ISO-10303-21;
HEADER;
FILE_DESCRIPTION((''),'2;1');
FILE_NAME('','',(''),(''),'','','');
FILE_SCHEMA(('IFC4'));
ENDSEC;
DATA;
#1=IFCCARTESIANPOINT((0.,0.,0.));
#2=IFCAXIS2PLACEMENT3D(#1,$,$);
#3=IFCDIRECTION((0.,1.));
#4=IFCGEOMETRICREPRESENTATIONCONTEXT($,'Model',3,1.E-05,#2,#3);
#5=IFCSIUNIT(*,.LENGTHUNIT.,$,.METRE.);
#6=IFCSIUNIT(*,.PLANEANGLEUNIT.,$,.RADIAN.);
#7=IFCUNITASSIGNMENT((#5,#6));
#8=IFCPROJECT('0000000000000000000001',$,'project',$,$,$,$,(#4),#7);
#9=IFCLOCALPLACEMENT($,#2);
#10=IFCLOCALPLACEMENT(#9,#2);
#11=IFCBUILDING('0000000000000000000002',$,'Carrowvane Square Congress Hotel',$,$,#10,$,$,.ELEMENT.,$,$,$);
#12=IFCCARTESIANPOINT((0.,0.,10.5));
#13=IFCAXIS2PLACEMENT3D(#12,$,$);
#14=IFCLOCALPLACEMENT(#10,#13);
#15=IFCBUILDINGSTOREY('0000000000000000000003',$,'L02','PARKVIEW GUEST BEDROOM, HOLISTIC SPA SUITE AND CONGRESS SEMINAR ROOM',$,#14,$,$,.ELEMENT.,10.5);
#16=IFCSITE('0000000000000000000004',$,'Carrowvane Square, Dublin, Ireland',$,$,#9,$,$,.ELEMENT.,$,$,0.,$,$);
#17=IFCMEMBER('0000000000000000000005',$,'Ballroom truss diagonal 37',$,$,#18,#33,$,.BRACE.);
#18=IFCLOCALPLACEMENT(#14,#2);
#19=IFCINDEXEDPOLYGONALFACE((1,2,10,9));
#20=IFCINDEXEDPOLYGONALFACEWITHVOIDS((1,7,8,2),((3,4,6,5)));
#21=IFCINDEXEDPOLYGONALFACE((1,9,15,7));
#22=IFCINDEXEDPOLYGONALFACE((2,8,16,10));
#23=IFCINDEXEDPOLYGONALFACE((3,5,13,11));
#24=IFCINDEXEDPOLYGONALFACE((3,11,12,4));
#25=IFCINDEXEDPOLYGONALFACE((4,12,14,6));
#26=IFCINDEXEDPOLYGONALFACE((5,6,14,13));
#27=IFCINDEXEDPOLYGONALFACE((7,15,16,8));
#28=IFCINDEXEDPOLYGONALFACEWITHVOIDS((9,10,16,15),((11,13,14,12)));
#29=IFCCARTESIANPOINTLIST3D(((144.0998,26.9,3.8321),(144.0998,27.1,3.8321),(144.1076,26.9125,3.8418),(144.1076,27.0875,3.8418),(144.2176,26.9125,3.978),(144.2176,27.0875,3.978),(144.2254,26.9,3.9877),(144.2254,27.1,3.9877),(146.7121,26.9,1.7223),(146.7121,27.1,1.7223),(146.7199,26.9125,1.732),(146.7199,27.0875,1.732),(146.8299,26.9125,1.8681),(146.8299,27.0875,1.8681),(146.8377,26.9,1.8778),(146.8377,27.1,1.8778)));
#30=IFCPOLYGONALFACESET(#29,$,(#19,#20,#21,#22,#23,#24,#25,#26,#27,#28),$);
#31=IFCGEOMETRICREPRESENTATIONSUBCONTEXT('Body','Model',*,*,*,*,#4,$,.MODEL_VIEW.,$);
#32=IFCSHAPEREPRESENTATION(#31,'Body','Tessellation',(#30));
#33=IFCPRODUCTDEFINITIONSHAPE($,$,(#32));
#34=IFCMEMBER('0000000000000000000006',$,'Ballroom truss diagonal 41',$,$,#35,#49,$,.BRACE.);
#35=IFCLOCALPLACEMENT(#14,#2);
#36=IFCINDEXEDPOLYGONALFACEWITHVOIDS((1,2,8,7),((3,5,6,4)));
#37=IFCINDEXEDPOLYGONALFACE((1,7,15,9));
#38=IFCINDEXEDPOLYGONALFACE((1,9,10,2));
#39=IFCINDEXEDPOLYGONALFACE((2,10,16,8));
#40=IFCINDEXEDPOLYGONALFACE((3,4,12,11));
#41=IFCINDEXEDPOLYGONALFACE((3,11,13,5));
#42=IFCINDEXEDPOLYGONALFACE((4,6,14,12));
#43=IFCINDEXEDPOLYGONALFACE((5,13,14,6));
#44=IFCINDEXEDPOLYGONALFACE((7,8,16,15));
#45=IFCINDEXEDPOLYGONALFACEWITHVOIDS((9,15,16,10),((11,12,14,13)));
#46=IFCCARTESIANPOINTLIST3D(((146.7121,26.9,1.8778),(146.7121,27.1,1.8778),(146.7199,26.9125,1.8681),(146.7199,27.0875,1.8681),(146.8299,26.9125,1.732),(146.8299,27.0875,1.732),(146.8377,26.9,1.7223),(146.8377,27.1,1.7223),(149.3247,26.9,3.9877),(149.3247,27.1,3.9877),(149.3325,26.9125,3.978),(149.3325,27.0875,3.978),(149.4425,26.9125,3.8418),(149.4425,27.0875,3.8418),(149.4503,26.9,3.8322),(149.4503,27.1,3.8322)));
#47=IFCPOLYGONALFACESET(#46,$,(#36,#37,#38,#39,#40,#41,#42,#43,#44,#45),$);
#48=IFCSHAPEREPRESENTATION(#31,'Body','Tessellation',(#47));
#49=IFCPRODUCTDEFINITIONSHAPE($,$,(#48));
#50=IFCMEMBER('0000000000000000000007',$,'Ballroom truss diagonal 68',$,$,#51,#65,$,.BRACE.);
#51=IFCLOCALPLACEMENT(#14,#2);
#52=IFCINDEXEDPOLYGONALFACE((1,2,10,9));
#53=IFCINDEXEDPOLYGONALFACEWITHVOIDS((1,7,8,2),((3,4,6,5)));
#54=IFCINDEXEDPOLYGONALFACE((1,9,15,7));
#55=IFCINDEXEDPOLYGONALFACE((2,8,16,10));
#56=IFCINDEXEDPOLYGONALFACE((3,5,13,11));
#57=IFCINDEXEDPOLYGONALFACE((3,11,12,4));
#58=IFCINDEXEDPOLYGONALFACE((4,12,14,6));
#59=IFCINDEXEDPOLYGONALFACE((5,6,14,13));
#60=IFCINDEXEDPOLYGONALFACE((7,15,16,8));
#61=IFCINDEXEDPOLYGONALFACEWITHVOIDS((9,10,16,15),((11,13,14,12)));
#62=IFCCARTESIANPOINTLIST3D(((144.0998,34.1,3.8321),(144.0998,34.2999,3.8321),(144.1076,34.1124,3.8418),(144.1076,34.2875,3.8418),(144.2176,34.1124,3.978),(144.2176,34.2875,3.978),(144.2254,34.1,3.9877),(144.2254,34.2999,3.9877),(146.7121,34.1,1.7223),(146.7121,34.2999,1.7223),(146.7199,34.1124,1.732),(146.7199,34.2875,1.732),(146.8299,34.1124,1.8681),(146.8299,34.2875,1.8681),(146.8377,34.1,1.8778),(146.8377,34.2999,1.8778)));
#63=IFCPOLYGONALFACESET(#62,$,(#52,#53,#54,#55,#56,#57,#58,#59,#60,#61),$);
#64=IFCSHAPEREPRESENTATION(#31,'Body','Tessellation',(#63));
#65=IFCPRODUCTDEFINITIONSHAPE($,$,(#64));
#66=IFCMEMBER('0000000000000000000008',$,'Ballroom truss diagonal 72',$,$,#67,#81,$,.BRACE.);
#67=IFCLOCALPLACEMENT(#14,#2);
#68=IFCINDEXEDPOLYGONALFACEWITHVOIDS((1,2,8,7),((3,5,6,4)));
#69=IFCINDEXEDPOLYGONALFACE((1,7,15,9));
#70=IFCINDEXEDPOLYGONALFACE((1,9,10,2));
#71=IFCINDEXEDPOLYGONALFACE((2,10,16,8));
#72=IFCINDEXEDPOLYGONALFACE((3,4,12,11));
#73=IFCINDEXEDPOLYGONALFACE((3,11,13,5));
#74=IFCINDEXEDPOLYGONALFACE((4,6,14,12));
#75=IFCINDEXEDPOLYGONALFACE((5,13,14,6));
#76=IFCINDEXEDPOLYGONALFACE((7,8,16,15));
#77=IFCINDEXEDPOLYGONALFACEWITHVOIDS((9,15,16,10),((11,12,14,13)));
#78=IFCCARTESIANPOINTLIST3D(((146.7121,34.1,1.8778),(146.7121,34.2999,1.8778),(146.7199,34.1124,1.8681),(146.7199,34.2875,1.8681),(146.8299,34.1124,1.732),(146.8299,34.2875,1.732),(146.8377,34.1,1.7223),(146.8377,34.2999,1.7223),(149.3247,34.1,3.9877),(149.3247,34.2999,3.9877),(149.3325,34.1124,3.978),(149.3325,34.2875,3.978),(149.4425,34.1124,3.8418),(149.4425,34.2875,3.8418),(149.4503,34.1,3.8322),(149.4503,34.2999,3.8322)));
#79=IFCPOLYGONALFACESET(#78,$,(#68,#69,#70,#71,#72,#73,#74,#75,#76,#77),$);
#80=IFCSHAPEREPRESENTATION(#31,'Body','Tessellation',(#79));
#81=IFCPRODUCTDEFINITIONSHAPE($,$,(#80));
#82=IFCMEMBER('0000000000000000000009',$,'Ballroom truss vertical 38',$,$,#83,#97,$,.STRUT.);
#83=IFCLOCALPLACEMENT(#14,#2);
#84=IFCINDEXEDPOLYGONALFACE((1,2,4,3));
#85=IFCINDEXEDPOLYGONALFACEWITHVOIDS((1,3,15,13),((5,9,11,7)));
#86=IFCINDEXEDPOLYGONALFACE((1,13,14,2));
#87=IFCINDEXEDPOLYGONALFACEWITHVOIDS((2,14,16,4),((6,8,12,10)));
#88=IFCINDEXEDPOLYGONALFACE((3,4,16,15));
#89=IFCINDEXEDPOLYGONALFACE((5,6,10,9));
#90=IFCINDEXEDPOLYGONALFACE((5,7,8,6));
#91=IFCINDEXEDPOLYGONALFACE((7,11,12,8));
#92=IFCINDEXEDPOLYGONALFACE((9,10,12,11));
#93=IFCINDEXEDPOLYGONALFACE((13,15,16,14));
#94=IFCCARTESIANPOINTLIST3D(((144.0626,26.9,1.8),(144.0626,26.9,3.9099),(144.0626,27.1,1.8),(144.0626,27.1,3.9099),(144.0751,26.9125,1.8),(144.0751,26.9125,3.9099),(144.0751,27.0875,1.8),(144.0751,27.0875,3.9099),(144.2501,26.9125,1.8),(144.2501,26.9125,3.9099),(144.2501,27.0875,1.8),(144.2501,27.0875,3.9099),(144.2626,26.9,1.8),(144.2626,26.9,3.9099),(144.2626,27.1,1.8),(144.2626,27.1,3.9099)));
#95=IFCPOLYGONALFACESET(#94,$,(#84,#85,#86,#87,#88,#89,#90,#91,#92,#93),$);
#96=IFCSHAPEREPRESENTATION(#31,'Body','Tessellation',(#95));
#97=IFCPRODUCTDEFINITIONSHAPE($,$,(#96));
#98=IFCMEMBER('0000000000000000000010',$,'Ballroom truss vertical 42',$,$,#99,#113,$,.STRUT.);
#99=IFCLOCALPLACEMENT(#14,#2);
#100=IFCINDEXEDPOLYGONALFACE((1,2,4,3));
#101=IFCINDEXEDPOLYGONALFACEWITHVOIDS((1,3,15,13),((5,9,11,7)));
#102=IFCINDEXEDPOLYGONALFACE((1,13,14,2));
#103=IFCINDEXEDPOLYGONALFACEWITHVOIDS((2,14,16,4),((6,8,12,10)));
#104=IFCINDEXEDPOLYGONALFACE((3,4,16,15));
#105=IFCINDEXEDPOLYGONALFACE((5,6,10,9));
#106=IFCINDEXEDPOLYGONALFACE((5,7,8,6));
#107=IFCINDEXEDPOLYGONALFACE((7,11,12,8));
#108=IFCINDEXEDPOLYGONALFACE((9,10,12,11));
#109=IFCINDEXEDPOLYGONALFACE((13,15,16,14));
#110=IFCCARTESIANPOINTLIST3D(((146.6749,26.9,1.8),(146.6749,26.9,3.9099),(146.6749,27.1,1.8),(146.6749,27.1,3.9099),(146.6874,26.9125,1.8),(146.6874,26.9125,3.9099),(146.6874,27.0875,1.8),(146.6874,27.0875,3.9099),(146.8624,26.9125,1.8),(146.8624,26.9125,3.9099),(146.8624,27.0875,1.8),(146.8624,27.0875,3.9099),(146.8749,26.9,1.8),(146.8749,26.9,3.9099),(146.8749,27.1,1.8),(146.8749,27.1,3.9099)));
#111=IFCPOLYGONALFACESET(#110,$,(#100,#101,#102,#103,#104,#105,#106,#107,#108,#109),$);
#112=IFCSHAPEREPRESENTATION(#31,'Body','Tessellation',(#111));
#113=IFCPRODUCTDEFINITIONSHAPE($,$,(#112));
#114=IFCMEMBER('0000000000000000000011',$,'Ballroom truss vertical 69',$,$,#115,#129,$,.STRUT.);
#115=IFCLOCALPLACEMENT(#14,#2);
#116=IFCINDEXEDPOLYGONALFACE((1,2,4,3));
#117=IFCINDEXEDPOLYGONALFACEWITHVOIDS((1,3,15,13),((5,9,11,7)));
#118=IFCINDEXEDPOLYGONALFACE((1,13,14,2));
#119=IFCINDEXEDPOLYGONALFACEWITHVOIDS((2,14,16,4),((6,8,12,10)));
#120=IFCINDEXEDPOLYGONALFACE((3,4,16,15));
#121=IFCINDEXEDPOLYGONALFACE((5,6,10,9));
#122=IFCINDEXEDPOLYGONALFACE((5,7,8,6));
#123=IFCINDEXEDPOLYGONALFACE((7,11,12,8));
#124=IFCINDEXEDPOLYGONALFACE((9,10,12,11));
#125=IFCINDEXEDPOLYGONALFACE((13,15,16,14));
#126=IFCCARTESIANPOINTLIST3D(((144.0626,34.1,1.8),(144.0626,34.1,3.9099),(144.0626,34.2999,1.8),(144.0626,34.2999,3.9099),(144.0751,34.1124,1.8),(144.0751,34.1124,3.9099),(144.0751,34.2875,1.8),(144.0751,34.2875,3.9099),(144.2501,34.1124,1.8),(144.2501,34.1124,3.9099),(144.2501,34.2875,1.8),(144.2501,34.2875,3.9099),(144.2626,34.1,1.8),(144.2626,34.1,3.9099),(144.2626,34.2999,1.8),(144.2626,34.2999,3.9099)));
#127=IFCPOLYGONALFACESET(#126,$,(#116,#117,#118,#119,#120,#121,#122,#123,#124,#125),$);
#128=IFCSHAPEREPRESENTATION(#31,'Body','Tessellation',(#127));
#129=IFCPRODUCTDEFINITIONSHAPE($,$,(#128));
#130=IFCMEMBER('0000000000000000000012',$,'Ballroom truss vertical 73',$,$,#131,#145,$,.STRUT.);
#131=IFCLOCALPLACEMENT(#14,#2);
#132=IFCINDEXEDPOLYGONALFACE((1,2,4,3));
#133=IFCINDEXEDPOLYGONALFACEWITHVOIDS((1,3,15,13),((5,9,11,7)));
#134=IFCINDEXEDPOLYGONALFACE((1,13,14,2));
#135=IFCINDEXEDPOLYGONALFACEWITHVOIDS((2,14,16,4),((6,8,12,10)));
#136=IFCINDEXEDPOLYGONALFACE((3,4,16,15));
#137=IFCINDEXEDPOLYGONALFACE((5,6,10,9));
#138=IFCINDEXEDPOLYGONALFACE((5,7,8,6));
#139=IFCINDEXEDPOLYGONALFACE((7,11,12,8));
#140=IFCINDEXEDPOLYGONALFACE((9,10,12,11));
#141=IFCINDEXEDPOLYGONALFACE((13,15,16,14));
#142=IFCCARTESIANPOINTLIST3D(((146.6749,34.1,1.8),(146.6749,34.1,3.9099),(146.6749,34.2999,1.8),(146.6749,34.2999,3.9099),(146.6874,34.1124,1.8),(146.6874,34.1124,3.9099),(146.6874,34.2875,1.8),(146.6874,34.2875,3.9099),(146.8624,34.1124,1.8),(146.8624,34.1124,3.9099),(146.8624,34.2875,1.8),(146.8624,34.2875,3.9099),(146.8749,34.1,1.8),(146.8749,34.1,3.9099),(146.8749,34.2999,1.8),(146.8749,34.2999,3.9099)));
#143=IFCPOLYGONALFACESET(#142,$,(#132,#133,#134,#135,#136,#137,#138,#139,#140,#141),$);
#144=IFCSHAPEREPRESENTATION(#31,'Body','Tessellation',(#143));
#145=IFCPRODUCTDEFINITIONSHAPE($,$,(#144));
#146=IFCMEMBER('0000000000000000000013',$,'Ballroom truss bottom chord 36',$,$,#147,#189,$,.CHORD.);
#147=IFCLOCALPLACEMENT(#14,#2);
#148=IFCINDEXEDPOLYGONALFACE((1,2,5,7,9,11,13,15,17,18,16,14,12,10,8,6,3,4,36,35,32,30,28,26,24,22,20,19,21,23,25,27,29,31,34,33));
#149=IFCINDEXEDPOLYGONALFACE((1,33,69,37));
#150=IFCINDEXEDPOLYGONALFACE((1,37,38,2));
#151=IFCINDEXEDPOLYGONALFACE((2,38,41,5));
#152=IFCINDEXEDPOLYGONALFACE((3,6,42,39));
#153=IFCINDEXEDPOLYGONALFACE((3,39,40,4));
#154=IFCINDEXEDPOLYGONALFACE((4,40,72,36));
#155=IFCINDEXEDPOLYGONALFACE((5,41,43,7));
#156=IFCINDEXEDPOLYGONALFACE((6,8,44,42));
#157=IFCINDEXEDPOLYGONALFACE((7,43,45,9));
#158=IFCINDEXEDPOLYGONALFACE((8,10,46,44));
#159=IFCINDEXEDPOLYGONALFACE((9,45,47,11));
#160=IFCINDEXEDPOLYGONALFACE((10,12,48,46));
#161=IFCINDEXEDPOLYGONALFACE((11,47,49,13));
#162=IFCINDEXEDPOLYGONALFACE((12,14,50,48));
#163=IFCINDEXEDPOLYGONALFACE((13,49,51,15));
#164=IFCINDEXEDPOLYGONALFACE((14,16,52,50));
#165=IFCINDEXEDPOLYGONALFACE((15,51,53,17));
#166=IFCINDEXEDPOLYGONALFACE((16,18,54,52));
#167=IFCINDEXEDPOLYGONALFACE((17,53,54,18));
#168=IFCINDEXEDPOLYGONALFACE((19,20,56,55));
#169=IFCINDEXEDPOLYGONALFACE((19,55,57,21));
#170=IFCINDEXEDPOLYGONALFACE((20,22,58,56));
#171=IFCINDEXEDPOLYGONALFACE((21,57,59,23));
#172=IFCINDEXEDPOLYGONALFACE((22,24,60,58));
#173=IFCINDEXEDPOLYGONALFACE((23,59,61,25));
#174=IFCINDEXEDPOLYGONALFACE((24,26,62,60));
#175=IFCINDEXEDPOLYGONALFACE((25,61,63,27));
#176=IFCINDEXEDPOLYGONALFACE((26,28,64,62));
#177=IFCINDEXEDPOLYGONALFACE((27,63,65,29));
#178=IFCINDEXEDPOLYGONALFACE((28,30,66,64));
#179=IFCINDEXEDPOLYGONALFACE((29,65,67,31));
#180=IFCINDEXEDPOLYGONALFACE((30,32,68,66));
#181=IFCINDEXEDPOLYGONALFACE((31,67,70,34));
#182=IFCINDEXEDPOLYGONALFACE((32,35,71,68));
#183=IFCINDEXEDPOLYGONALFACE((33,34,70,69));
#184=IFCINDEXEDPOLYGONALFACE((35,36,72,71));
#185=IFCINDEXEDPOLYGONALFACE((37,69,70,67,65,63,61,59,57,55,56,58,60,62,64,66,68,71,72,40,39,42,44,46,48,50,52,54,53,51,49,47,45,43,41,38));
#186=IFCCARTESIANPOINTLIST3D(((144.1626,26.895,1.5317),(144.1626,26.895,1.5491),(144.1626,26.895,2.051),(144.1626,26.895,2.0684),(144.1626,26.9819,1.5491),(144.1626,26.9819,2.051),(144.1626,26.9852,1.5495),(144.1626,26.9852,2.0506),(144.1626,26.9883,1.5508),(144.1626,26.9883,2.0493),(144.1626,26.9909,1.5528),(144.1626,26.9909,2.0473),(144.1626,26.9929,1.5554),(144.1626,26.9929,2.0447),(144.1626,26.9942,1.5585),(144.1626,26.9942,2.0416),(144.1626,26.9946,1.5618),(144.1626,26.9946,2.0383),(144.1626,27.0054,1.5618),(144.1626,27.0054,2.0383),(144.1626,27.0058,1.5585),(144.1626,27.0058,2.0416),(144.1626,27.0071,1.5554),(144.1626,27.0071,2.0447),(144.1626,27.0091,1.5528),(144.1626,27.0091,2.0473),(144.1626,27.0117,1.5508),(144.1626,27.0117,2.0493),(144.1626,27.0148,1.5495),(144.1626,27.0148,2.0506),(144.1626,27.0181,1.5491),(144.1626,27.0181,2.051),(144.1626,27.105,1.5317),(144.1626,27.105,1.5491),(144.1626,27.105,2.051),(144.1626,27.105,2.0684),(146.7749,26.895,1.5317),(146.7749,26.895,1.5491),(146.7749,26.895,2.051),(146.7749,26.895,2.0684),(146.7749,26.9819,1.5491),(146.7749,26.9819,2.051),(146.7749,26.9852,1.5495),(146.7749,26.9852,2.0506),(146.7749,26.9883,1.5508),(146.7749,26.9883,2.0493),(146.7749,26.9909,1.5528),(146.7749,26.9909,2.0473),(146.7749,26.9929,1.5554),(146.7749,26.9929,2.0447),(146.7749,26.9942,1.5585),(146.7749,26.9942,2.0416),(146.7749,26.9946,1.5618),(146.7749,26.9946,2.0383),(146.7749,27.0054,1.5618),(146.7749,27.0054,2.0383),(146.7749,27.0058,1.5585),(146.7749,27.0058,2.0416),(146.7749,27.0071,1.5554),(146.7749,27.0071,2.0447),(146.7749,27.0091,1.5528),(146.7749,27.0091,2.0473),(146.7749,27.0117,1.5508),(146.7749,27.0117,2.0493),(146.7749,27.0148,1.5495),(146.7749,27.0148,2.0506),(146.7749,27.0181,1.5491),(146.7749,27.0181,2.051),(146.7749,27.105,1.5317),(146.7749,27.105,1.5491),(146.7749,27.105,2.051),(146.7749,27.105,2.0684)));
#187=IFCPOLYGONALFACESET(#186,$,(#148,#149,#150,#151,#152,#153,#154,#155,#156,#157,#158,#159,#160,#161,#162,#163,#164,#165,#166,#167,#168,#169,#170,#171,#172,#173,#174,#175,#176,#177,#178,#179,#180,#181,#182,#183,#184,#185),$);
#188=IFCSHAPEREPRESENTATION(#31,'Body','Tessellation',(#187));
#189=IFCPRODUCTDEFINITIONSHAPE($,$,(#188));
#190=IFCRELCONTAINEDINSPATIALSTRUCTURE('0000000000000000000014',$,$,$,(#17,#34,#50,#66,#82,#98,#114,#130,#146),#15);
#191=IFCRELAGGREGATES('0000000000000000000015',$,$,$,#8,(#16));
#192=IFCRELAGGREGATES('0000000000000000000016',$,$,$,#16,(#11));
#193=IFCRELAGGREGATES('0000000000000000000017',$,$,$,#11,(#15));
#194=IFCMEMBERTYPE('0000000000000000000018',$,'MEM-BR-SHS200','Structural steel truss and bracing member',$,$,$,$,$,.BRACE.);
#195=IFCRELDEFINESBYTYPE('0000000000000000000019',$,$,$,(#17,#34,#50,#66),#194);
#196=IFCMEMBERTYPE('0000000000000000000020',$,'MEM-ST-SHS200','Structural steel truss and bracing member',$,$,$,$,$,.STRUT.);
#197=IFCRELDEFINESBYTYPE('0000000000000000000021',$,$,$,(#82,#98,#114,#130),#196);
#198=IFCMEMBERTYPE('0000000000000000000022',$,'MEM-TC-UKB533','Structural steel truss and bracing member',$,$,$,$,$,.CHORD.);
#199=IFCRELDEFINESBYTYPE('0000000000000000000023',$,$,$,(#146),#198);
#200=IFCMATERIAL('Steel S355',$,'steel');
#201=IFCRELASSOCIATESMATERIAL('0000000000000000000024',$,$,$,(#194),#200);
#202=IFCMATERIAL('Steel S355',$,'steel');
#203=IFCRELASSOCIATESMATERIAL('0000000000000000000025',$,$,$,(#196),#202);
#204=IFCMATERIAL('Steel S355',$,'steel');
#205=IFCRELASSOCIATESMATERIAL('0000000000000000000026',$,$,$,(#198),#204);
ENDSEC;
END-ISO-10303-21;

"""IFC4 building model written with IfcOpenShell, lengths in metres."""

from ifc_helpers import new_model, si_unit, direction, frame, origin, origin_2d, place, context, subcontext, project, spatial, hollow_rectangle, i_section, extrude, material, material_profile, profile_set, type_object, element, save


model = new_model("IFC4")

# Units and contexts
model_context = context("Model", 3, precision=1e-05, world=origin(), true_north=direction((0.0, 1.0)))
body_context = subcontext(model_context, "Body", "Model", "MODEL_VIEW")
ifc_project = project(units=[si_unit("LENGTHUNIT", "METRE"), si_unit("PLANEANGLEUNIT", "RADIAN")], contexts=[model_context])

# Site, building, storey
site_placement = place(None, origin())
site = spatial("IfcSite", under=ifc_project, at=site_placement, Name="Carrowvane Square, Dublin, Ireland", CompositionType="ELEMENT", RefElevation=0.0)
building_placement = place(site_placement, origin())
building = spatial("IfcBuilding", under=site, at=building_placement, Name="Carrowvane Square Congress Hotel", CompositionType="ELEMENT")
storey_placement = place(building_placement, frame((0.0, 0.0, 10.5)))
storey = spatial("IfcBuildingStorey", under=building, at=storey_placement, Name="L02", Description="PARKVIEW GUEST BEDROOM, HOLISTIC SPA SUITE AND CONGRESS SEMINAR ROOM", CompositionType="ELEMENT", Elevation=10.5)

# Members
ifc_material_1 = material(Name="Steel S355", Category="steel")
ifc_material_profile_1 = material_profile(ifc_material_1, hollow_rectangle(XDim=0.2, YDim=0.2, WallThickness=0.0125, at=origin_2d()), Name="SHS 200x200x12.5")
ifc_profile_set_1 = profile_set([ifc_material_profile_1], Name="Steel S355")
member_type_1 = type_object("IfcMemberType", Name="MEM-BR-SHS200", Description="Structural steel truss and bracing member", PredefinedType="BRACE", material=ifc_profile_set_1)
member_1_placement = place(storey_placement, frame((144.1626, 27.0, 3.9099), z_axis=(0.777952, 0.0, -0.628324), x_axis=(0.0, 1.0, 0.0)))
element("IfcMember", 1, at=member_1_placement, inside=storey, type_object=member_type_1, Name="Ballroom truss diagonal 37", PredefinedType="BRACE", context=body_context, shape_type="SweptSolid", body=[
    extrude(hollow_rectangle(XDim=0.2, YDim=0.2, WallThickness=0.0125, at=origin_2d()), origin(), (0.0, 0.0, 1.0), 3.3579),
])
member_2_placement = place(storey_placement, frame((146.7749, 27.0, 1.8), z_axis=(0.777981, 0.0, 0.628288), x_axis=(0.0, 1.0, 0.0)))
element("IfcMember", 2, at=member_2_placement, inside=storey, type_object=member_type_1, Name="Ballroom truss diagonal 41", PredefinedType="BRACE", context=body_context, shape_type="SweptSolid", body=[
    extrude(hollow_rectangle(XDim=0.2, YDim=0.2, WallThickness=0.0125, at=origin_2d()), origin(), (0.0, 0.0, 1.0), 3.3582),
])
member_3_placement = place(storey_placement, frame((144.1626, 34.2, 3.9099), z_axis=(0.777952, 0.0, -0.628324), x_axis=(0.0, 1.0, 0.0)))
element("IfcMember", 3, at=member_3_placement, inside=storey, type_object=member_type_1, Name="Ballroom truss diagonal 68", PredefinedType="BRACE", context=body_context, shape_type="SweptSolid", body=[
    extrude(hollow_rectangle(XDim=0.2, YDim=0.2, WallThickness=0.0125, at=origin_2d()), origin(), (0.0, 0.0, 1.0), 3.3579),
])
member_4_placement = place(storey_placement, frame((146.7749, 34.2, 1.8), z_axis=(0.777981, 0.0, 0.628288), x_axis=(0.0, 1.0, 0.0)))
element("IfcMember", 4, at=member_4_placement, inside=storey, type_object=member_type_1, Name="Ballroom truss diagonal 72", PredefinedType="BRACE", context=body_context, shape_type="SweptSolid", body=[
    extrude(hollow_rectangle(XDim=0.2, YDim=0.2, WallThickness=0.0125, at=origin_2d()), origin(), (0.0, 0.0, 1.0), 3.3582),
])
ifc_material_2 = material(Name="Steel S355", Category="steel")
ifc_material_profile_2 = material_profile(ifc_material_2, hollow_rectangle(XDim=0.2, YDim=0.2, WallThickness=0.0125, at=origin_2d()), Name="SHS 200x200x12.5")
ifc_profile_set_2 = profile_set([ifc_material_profile_2], Name="Steel S355")
member_type_2 = type_object("IfcMemberType", Name="MEM-ST-SHS200", Description="Structural steel truss and bracing member", PredefinedType="STRUT", material=ifc_profile_set_2)
for number, where, z_axis, x_axis, name in (
    (5, (144.1626, 27.0, 1.8), (0.0, 0.0, 1.0), (1.0, 0.0, 0.0), "Ballroom truss vertical 38"),
    (6, (146.7749, 27.0, 1.8), (0.0, 0.0, 1.0), (1.0, 0.0, 0.0), "Ballroom truss vertical 42"),
    (7, (144.1626, 34.2, 1.8), (0.0, 0.0, 1.0), (1.0, 0.0, 0.0), "Ballroom truss vertical 69"),
    (8, (146.7749, 34.2, 1.8), (0.0, 0.0, 1.0), (1.0, 0.0, 0.0), "Ballroom truss vertical 73"),
):
    element("IfcMember", number, at=place(storey_placement, frame(where, z_axis=z_axis, x_axis=x_axis)), inside=storey, type_object=member_type_2, Name=name, PredefinedType="STRUT", context=body_context, shape_type="SweptSolid", body=[
        extrude(hollow_rectangle(XDim=0.2, YDim=0.2, WallThickness=0.0125, at=origin_2d()), origin(), (0.0, 0.0, 1.0), 2.1099),
    ])
ifc_material_3 = material(Name="Steel S355", Category="steel")
ifc_material_profile_3 = material_profile(ifc_material_3, i_section(OverallWidth=0.21, OverallDepth=0.5366, WebThickness=0.0107, FlangeThickness=0.0173, FilletRadius=0.0127, at=origin_2d()), Name="UKB 533x210x101")
ifc_profile_set_3 = profile_set([ifc_material_profile_3], Name="Steel S355")
member_type_3 = type_object("IfcMemberType", Name="MEM-TC-UKB533", Description="Structural steel truss and bracing member", PredefinedType="CHORD", material=ifc_profile_set_3)
member_5_placement = place(storey_placement, frame((144.1626, 27.0, 1.8), z_axis=(1.0, 0.0, 0.0), x_axis=(0.0, 1.0, 0.0)))
element("IfcMember", 9, at=member_5_placement, inside=storey, type_object=member_type_3, Name="Ballroom truss bottom chord 36", PredefinedType="CHORD", context=body_context, shape_type="SweptSolid", body=[
    extrude(i_section(OverallWidth=0.21, OverallDepth=0.5366, WebThickness=0.0107, FlangeThickness=0.0173, FilletRadius=0.0127, at=origin_2d()), origin(), (0.0, 0.0, 1.0), 2.6123),
])

save(model, "model.ifc")
